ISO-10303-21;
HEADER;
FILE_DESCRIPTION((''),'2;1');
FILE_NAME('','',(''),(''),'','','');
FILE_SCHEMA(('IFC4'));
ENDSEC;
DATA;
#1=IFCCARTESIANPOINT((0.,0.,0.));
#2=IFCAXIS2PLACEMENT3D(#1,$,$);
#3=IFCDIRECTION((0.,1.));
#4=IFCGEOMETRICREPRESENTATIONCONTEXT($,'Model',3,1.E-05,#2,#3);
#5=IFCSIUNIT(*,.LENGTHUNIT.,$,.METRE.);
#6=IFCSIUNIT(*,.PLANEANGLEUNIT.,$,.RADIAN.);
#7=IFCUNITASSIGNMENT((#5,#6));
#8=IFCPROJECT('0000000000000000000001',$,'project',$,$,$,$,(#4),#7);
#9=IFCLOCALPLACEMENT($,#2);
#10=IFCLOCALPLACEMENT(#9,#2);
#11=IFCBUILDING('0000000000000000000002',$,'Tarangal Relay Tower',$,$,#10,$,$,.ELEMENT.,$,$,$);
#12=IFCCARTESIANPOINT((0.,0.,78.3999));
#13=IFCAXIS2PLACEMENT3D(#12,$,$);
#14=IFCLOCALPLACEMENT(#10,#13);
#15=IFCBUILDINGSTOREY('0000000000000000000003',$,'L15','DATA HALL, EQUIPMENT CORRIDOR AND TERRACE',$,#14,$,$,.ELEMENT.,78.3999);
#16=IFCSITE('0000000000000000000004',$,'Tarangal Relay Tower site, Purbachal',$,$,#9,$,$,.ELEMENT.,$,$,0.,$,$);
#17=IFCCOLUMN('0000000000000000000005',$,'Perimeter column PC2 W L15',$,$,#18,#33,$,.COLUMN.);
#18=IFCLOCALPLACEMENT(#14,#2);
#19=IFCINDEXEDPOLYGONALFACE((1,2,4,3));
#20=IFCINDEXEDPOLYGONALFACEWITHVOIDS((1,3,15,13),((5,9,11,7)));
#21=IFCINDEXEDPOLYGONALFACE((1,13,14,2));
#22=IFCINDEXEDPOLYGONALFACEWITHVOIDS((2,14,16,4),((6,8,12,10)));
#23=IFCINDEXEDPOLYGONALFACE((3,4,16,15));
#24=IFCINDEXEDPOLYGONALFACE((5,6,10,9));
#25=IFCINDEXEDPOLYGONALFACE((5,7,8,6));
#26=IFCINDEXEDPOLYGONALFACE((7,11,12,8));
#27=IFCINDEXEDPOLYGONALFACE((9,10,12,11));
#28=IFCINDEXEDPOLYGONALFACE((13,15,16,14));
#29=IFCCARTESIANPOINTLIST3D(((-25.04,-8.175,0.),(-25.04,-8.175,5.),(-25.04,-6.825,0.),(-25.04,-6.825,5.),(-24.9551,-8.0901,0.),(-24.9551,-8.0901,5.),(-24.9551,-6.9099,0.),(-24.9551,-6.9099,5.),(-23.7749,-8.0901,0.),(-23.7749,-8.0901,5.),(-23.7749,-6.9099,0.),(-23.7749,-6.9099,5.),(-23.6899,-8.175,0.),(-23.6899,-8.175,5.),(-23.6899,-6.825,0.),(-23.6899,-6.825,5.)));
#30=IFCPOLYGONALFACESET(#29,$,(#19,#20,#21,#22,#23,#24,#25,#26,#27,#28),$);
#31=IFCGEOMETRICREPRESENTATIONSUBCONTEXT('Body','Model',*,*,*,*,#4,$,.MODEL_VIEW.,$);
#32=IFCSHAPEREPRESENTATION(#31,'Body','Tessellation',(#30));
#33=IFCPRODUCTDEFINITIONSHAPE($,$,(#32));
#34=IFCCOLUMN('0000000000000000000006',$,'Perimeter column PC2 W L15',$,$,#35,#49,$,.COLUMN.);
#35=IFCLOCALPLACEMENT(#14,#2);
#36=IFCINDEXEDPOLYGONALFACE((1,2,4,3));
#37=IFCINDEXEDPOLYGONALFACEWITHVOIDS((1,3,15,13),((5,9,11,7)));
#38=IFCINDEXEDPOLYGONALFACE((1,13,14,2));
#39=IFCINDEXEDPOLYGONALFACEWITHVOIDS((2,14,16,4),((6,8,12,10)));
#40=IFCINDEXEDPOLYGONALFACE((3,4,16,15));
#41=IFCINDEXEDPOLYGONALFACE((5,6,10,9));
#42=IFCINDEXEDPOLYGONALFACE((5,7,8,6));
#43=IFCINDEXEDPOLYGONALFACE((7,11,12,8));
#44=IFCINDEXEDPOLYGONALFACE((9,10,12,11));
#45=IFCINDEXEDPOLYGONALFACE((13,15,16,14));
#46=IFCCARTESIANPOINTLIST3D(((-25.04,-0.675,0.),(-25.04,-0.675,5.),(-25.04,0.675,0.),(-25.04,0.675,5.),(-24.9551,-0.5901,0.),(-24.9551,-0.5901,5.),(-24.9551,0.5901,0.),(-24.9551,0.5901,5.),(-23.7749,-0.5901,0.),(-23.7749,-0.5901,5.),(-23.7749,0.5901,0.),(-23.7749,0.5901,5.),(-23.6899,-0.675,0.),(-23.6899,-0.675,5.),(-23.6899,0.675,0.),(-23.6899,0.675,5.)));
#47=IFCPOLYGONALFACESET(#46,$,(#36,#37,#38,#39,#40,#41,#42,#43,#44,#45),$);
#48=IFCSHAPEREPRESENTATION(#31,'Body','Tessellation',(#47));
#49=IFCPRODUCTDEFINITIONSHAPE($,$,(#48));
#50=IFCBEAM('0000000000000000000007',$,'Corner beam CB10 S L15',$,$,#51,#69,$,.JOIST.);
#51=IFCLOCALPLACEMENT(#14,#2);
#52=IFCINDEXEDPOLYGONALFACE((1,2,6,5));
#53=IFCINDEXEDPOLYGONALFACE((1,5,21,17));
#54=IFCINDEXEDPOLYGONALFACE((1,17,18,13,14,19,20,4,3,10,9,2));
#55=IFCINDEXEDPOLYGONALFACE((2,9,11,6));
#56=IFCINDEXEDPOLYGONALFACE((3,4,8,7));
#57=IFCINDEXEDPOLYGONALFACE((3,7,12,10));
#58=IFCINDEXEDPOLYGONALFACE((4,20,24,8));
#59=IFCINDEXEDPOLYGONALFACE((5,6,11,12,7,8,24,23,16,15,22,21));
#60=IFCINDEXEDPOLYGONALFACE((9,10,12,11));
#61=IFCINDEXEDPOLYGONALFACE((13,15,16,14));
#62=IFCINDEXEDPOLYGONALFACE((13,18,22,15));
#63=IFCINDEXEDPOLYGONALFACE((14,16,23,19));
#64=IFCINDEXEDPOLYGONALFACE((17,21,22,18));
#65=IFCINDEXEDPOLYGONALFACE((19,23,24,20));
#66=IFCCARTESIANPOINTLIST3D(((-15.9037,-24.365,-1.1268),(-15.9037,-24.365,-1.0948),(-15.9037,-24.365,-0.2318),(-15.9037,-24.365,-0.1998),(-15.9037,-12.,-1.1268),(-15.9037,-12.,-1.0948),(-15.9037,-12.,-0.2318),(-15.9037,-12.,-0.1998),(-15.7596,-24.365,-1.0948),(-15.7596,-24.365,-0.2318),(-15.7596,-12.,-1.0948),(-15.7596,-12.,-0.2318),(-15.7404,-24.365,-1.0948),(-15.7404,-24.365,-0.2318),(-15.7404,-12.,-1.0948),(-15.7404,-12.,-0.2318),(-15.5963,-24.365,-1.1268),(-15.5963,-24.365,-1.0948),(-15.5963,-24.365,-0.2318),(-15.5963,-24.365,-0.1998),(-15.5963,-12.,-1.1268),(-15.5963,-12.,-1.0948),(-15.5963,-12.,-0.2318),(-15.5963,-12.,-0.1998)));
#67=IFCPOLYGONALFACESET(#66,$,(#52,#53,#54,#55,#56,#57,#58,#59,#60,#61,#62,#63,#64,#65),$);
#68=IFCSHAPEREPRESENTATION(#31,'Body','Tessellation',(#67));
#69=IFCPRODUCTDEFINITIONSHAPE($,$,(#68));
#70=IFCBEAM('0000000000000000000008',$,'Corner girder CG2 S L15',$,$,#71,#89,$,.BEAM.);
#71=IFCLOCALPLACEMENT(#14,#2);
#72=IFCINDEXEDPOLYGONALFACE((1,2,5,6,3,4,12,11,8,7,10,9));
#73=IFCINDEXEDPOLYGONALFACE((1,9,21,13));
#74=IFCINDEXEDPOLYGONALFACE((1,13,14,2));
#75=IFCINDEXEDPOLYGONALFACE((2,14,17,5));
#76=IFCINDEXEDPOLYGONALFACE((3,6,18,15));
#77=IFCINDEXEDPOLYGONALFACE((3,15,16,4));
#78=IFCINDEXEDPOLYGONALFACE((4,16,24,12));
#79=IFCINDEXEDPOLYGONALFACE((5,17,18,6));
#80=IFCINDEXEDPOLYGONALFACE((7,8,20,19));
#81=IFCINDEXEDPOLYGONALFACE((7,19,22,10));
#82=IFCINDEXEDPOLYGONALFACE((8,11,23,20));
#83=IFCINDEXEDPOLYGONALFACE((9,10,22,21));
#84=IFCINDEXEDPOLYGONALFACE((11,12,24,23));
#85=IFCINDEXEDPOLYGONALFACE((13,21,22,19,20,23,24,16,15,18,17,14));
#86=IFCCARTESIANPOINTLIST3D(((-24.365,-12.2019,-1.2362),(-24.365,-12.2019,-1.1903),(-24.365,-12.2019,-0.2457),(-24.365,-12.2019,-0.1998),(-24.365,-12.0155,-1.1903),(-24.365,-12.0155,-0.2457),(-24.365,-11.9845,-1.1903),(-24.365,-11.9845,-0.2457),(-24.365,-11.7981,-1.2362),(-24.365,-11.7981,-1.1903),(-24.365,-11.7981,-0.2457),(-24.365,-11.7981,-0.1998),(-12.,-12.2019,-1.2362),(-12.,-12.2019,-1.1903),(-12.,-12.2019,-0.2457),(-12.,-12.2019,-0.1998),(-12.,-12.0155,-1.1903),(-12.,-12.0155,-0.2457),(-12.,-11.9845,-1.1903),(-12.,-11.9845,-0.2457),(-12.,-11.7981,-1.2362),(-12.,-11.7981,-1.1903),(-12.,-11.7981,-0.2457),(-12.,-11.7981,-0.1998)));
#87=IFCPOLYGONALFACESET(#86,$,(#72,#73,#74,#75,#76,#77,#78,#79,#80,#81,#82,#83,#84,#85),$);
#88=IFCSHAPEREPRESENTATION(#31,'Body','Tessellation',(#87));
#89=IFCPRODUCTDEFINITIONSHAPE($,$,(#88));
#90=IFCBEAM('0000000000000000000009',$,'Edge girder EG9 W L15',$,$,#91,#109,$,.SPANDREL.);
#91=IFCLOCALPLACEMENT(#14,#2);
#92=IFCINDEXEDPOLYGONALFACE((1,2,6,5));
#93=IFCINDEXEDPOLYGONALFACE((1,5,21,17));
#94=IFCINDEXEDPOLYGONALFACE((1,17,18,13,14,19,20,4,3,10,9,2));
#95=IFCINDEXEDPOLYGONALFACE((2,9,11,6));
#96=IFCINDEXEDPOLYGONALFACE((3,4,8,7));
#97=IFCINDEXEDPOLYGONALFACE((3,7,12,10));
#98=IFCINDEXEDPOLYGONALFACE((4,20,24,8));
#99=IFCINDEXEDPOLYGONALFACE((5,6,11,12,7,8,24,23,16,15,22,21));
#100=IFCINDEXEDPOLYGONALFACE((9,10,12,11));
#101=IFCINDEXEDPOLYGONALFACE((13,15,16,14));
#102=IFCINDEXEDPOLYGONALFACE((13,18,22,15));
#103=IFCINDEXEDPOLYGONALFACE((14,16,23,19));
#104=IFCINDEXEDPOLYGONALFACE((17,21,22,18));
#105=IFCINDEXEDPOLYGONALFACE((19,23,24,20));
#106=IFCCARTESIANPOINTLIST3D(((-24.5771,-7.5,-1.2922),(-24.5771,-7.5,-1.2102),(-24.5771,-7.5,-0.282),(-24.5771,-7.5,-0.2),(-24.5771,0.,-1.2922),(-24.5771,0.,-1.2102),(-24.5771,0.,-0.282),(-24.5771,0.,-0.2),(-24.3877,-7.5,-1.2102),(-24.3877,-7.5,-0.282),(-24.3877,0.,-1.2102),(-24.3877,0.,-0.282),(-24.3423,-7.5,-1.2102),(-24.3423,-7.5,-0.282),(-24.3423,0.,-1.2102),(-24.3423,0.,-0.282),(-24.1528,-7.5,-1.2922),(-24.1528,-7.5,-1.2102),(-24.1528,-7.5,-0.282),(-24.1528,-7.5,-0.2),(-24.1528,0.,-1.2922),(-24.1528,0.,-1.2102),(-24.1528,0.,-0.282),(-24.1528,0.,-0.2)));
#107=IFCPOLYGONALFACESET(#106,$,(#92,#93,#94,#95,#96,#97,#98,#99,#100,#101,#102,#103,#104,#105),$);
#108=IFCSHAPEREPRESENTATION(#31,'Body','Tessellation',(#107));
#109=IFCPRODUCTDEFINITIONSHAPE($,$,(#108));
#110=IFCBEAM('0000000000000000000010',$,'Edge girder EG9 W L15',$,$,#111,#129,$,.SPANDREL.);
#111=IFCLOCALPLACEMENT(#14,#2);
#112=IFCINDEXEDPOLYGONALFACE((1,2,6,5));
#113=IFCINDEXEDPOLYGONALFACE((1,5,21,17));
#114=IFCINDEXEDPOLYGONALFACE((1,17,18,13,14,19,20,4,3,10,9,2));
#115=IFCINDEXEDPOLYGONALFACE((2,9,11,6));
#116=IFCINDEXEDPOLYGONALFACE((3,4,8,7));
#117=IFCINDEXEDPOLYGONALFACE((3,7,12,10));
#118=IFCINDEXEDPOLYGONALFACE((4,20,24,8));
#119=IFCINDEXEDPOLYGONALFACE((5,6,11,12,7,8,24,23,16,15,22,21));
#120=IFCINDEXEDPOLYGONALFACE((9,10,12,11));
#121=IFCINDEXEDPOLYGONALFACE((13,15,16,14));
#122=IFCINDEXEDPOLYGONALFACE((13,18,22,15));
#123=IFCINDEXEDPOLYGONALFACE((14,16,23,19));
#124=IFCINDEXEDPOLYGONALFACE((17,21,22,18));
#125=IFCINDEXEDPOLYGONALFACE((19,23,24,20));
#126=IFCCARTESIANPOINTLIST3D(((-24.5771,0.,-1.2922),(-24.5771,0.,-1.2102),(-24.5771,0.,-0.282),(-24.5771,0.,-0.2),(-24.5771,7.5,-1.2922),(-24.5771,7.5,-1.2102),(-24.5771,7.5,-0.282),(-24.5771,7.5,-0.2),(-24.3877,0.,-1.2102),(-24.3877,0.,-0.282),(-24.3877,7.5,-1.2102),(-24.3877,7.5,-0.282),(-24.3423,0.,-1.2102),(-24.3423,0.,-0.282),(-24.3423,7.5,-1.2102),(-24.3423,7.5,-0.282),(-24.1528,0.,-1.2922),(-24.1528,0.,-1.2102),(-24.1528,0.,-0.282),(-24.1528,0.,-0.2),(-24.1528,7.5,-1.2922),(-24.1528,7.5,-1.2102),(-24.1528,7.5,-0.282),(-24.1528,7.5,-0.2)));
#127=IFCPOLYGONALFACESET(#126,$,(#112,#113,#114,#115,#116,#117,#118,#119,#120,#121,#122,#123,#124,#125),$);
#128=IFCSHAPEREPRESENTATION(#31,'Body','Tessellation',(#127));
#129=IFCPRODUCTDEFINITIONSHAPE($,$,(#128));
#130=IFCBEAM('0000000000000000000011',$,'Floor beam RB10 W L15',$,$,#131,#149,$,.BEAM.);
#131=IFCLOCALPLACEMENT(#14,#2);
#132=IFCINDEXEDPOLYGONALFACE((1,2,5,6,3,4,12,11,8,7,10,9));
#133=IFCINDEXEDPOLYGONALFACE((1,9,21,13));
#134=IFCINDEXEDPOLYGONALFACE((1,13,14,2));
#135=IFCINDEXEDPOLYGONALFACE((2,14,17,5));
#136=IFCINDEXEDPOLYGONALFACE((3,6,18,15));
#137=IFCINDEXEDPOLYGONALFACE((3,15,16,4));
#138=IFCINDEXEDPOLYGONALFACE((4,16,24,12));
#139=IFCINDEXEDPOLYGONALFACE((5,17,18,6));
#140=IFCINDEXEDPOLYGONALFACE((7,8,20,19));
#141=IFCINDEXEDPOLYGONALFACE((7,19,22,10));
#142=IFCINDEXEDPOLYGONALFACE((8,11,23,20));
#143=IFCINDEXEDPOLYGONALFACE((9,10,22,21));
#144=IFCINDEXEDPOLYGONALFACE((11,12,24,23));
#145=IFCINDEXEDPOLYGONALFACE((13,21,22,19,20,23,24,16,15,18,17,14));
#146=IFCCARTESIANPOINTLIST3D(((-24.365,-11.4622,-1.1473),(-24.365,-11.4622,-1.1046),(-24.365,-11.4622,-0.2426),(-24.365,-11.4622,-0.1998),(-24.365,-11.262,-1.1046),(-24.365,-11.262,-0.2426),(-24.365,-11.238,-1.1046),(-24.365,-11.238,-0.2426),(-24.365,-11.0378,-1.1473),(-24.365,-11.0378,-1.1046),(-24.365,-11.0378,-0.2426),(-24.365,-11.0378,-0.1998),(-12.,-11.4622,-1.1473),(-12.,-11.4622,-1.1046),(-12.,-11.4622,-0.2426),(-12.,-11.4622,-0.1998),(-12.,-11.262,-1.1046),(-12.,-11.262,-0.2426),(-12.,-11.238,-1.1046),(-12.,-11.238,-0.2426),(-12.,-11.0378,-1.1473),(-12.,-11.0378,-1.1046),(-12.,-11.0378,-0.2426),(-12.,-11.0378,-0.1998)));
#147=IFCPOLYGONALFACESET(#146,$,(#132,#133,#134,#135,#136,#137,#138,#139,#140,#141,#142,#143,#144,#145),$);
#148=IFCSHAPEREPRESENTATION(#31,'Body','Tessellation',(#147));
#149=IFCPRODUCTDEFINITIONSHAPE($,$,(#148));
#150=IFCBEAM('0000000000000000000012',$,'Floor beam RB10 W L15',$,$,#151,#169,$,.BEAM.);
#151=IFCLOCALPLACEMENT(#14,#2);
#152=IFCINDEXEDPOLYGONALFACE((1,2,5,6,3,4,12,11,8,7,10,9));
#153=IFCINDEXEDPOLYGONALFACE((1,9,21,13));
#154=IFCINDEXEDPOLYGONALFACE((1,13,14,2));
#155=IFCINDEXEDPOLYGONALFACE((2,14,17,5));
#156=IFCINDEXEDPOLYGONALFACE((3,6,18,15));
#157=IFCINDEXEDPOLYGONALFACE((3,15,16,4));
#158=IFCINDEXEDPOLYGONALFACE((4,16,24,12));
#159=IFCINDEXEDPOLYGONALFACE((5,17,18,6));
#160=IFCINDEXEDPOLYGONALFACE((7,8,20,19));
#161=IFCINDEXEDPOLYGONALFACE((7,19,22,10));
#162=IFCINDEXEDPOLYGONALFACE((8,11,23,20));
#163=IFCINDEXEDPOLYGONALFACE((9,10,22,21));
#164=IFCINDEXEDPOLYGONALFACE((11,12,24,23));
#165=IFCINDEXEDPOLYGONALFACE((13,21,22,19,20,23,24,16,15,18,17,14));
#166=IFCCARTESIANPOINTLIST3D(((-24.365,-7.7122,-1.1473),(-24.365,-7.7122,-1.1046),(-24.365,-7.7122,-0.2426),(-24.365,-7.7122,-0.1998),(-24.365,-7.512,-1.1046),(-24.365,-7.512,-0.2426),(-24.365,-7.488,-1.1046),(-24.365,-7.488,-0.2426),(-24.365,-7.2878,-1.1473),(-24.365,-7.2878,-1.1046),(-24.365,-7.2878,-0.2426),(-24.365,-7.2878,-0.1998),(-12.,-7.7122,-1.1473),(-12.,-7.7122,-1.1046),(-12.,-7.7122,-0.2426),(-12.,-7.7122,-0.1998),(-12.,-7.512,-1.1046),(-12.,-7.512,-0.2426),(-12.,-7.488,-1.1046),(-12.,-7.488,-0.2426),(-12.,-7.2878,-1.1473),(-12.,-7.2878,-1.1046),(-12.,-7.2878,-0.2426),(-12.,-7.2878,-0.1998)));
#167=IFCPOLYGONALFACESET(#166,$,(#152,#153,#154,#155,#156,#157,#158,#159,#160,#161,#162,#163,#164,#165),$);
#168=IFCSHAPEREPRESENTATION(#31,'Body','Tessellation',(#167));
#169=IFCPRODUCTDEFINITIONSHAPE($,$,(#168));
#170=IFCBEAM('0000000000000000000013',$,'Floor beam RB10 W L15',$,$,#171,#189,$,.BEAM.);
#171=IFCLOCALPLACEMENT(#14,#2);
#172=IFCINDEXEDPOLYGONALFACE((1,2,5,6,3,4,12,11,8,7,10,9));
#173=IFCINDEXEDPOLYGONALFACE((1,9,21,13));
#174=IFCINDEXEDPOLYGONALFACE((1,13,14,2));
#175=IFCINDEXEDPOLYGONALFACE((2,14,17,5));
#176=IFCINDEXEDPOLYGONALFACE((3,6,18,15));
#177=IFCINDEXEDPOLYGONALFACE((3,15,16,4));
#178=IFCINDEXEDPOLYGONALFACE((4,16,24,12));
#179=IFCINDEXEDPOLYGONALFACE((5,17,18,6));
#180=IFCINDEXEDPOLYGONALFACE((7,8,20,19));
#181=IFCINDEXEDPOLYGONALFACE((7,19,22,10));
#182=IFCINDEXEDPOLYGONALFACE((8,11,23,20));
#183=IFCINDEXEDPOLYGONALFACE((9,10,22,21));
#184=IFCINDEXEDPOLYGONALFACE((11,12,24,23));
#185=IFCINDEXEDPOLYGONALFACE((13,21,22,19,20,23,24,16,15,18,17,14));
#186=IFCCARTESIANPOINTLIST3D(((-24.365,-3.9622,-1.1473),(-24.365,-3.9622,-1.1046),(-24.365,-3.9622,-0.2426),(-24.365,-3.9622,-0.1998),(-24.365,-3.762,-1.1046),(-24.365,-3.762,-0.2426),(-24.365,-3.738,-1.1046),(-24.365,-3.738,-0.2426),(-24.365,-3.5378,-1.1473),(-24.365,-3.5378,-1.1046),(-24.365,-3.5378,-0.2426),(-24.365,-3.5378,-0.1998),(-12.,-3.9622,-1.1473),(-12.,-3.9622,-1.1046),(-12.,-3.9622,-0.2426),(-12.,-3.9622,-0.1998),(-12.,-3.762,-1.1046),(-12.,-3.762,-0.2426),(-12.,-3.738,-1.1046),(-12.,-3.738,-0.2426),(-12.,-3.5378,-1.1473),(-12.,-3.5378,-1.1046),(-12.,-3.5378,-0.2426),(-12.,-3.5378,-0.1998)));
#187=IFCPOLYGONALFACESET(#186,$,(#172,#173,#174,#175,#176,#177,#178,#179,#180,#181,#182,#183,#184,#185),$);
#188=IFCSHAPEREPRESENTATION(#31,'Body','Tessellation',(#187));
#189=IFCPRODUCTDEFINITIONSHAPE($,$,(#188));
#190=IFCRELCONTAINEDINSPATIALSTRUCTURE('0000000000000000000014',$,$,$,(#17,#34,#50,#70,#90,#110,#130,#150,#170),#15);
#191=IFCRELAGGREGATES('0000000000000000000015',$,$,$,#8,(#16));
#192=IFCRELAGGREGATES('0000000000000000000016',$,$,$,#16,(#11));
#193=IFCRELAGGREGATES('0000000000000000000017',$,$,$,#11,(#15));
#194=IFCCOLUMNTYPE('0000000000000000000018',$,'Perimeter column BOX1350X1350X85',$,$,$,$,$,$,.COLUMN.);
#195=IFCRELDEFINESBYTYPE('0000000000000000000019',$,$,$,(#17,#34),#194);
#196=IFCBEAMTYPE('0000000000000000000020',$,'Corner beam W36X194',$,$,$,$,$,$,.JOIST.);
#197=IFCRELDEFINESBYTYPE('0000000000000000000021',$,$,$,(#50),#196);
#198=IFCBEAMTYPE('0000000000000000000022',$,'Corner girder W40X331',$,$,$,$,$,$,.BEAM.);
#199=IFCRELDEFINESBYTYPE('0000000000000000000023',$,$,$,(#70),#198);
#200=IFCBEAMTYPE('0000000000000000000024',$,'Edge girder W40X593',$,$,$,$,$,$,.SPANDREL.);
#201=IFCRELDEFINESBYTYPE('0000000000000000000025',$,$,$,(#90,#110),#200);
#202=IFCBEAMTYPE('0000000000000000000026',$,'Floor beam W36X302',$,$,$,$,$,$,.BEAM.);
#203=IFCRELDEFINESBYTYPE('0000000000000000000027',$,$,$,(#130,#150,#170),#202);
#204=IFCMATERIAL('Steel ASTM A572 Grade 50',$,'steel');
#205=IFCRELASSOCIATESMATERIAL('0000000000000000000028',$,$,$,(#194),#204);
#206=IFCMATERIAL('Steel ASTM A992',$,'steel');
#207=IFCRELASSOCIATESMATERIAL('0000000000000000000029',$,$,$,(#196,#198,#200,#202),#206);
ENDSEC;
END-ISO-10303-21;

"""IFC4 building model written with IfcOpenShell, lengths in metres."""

from ifc_helpers import new_model, si_unit, direction, frame, origin, origin_2d, place, context, subcontext, project, spatial, hollow_rectangle, i_section, extrude, material, material_profile, profile_set, type_object, element, save


model = new_model("IFC4")

# Units and contexts
model_context = context("Model", 3, precision=1e-05, world=origin(), true_north=direction((0.0, 1.0)))
body_context = subcontext(model_context, "Body", "Model", "MODEL_VIEW")
ifc_project = project(units=[si_unit("LENGTHUNIT", "METRE"), si_unit("PLANEANGLEUNIT", "RADIAN")], contexts=[model_context])

# Site, building, storey
site_placement = place(None, origin())
site = spatial("IfcSite", under=ifc_project, at=site_placement, Name="Tarangal Relay Tower site, Purbachal", CompositionType="ELEMENT", RefElevation=0.0)
building_placement = place(site_placement, origin())
building = spatial("IfcBuilding", under=site, at=building_placement, Name="Tarangal Relay Tower", CompositionType="ELEMENT")
storey_placement = place(building_placement, frame((0.0, 0.0, 78.3999)))
storey = spatial("IfcBuildingStorey", under=building, at=storey_placement, Name="L15", Description="DATA HALL, EQUIPMENT CORRIDOR AND TERRACE", CompositionType="ELEMENT", Elevation=78.3999)

# Columns
ifc_material_1 = material(Name="Steel ASTM A572 Grade 50", Category="steel")
ifc_material_profile_1 = material_profile(ifc_material_1, hollow_rectangle(XDim=1.3501, YDim=1.3501, WallThickness=0.085, at=origin_2d()), Name="BOX1350X1350X85")
ifc_profile_set_1 = profile_set([ifc_material_profile_1], Name="Steel ASTM A572 Grade 50")
column_type = type_object("IfcColumnType", Name="Perimeter column BOX1350X1350X85", PredefinedType="COLUMN", material=ifc_profile_set_1)
for number, where, z_axis, x_axis, name in (
    (1, (-24.365, -7.5, 0.0), (0.0, 0.0, 1.0), (1.0, 0.0, 0.0), "Perimeter column PC2 W L15"),
    (2, (-24.365, 0.0, 0.0), (0.0, 0.0, 1.0), (1.0, 0.0, 0.0), "Perimeter column PC2 W L15"),
):
    element("IfcColumn", number, at=place(storey_placement, frame(where, z_axis=z_axis, x_axis=x_axis)), inside=storey, type_object=column_type, Name=name, PredefinedType="COLUMN", context=body_context, shape_type="SweptSolid", body=[
        extrude(hollow_rectangle(XDim=1.3501, YDim=1.3501, WallThickness=0.085, at=origin_2d()), origin(), (0.0, 0.0, 1.0), 5.0),
    ])

# Beams
ifc_material_2 = material(Name="Steel ASTM A992", Category="steel")
ifc_material_profile_2 = material_profile(ifc_material_2, i_section(OverallWidth=0.3074, OverallDepth=0.927, WebThickness=0.0193, FlangeThickness=0.032, at=origin_2d()), Name="W36X194")
ifc_profile_set_2 = profile_set([ifc_material_profile_2], Name="Steel ASTM A992")
beam_type_1 = type_object("IfcBeamType", Name="Corner beam W36X194", PredefinedType="JOIST", material=ifc_profile_set_2)
beam_1_placement = place(storey_placement, frame((-15.75, -12.0, -0.6633), z_axis=(0.0, -1.0, 0.0), x_axis=(1.0, 0.0, 0.0)))
element("IfcBeam", 3, at=beam_1_placement, inside=storey, type_object=beam_type_1, Name="Corner beam CB10 S L15", PredefinedType="JOIST", context=body_context, shape_type="SweptSolid", body=[
    extrude(i_section(OverallWidth=0.3074, OverallDepth=0.927, WebThickness=0.0193, FlangeThickness=0.032, at=origin_2d()), origin(), (0.0, 0.0, 1.0), 12.365),
])
ifc_material_profile_3 = material_profile(ifc_material_2, i_section(OverallWidth=0.4038, OverallDepth=1.0364, WebThickness=0.031, FlangeThickness=0.0459, at=origin_2d()), Name="W40X331")
ifc_profile_set_3 = profile_set([ifc_material_profile_3], Name="Steel ASTM A992")
beam_type_2 = type_object("IfcBeamType", Name="Corner girder W40X331", PredefinedType="BEAM", material=ifc_profile_set_3)
beam_2_placement = place(storey_placement, frame((-12.0, -12.0, -0.718), z_axis=(-1.0, 0.0, 0.0), x_axis=(0.0, -1.0, 0.0)))
element("IfcBeam", 4, at=beam_2_placement, inside=storey, type_object=beam_type_2, Name="Corner girder CG2 S L15", PredefinedType="BEAM", context=body_context, shape_type="SweptSolid", body=[
    extrude(i_section(OverallWidth=0.4038, OverallDepth=1.0364, WebThickness=0.031, FlangeThickness=0.0459, at=origin_2d()), origin(), (0.0, 0.0, 1.0), 12.365),
])
ifc_material_profile_4 = material_profile(ifc_material_2, i_section(OverallWidth=0.4243, OverallDepth=1.0923, WebThickness=0.0454, FlangeThickness=0.082, at=origin_2d()), Name="W40X593")
ifc_profile_set_4 = profile_set([ifc_material_profile_4], Name="Steel ASTM A992")
beam_type_3 = type_object("IfcBeamType", Name="Edge girder W40X593", PredefinedType="SPANDREL", material=ifc_profile_set_4)
for number, where, z_axis, x_axis, name in (
    (5, (-24.365, -7.5, -0.7461), (0.0, 1.0, 0.0), (-1.0, 0.0, 0.0), "Edge girder EG9 W L15"),
    (6, (-24.365, 0.0, -0.7461), (0.0, 1.0, 0.0), (-1.0, 0.0, 0.0), "Edge girder EG9 W L15"),
):
    element("IfcBeam", number, at=place(storey_placement, frame(where, z_axis=z_axis, x_axis=x_axis)), inside=storey, type_object=beam_type_3, Name=name, PredefinedType="SPANDREL", context=body_context, shape_type="SweptSolid", body=[
        extrude(i_section(OverallWidth=0.4243, OverallDepth=1.0923, WebThickness=0.0454, FlangeThickness=0.082, at=origin_2d()), origin(), (0.0, 0.0, 1.0), 7.5),
    ])
ifc_material_profile_5 = material_profile(ifc_material_2, i_section(OverallWidth=0.4243, OverallDepth=0.9475, WebThickness=0.0239, FlangeThickness=0.0427, at=origin_2d()), Name="W36X302")
ifc_profile_set_5 = profile_set([ifc_material_profile_5], Name="Steel ASTM A992")
beam_type_4 = type_object("IfcBeamType", Name="Floor beam W36X302", PredefinedType="BEAM", material=ifc_profile_set_5)
for number, where, z_axis, x_axis, name in (
    (7, (-12.0, -11.25, -0.6736), (-1.0, 0.0, 0.0), (0.0, -1.0, 0.0), "Floor beam RB10 W L15"),
    (8, (-12.0, -7.5, -0.6736), (-1.0, 0.0, 0.0), (0.0, -1.0, 0.0), "Floor beam RB10 W L15"),
    (9, (-12.0, -3.75, -0.6736), (-1.0, 0.0, 0.0), (0.0, -1.0, 0.0), "Floor beam RB10 W L15"),
):
    element("IfcBeam", number, at=place(storey_placement, frame(where, z_axis=z_axis, x_axis=x_axis)), inside=storey, type_object=beam_type_4, Name=name, PredefinedType="BEAM", context=body_context, shape_type="SweptSolid", body=[
        extrude(i_section(OverallWidth=0.4243, OverallDepth=0.9475, WebThickness=0.0239, FlangeThickness=0.0427, at=origin_2d()), origin(), (0.0, 0.0, 1.0), 12.365),
    ])

save(model, "model.ifc")
